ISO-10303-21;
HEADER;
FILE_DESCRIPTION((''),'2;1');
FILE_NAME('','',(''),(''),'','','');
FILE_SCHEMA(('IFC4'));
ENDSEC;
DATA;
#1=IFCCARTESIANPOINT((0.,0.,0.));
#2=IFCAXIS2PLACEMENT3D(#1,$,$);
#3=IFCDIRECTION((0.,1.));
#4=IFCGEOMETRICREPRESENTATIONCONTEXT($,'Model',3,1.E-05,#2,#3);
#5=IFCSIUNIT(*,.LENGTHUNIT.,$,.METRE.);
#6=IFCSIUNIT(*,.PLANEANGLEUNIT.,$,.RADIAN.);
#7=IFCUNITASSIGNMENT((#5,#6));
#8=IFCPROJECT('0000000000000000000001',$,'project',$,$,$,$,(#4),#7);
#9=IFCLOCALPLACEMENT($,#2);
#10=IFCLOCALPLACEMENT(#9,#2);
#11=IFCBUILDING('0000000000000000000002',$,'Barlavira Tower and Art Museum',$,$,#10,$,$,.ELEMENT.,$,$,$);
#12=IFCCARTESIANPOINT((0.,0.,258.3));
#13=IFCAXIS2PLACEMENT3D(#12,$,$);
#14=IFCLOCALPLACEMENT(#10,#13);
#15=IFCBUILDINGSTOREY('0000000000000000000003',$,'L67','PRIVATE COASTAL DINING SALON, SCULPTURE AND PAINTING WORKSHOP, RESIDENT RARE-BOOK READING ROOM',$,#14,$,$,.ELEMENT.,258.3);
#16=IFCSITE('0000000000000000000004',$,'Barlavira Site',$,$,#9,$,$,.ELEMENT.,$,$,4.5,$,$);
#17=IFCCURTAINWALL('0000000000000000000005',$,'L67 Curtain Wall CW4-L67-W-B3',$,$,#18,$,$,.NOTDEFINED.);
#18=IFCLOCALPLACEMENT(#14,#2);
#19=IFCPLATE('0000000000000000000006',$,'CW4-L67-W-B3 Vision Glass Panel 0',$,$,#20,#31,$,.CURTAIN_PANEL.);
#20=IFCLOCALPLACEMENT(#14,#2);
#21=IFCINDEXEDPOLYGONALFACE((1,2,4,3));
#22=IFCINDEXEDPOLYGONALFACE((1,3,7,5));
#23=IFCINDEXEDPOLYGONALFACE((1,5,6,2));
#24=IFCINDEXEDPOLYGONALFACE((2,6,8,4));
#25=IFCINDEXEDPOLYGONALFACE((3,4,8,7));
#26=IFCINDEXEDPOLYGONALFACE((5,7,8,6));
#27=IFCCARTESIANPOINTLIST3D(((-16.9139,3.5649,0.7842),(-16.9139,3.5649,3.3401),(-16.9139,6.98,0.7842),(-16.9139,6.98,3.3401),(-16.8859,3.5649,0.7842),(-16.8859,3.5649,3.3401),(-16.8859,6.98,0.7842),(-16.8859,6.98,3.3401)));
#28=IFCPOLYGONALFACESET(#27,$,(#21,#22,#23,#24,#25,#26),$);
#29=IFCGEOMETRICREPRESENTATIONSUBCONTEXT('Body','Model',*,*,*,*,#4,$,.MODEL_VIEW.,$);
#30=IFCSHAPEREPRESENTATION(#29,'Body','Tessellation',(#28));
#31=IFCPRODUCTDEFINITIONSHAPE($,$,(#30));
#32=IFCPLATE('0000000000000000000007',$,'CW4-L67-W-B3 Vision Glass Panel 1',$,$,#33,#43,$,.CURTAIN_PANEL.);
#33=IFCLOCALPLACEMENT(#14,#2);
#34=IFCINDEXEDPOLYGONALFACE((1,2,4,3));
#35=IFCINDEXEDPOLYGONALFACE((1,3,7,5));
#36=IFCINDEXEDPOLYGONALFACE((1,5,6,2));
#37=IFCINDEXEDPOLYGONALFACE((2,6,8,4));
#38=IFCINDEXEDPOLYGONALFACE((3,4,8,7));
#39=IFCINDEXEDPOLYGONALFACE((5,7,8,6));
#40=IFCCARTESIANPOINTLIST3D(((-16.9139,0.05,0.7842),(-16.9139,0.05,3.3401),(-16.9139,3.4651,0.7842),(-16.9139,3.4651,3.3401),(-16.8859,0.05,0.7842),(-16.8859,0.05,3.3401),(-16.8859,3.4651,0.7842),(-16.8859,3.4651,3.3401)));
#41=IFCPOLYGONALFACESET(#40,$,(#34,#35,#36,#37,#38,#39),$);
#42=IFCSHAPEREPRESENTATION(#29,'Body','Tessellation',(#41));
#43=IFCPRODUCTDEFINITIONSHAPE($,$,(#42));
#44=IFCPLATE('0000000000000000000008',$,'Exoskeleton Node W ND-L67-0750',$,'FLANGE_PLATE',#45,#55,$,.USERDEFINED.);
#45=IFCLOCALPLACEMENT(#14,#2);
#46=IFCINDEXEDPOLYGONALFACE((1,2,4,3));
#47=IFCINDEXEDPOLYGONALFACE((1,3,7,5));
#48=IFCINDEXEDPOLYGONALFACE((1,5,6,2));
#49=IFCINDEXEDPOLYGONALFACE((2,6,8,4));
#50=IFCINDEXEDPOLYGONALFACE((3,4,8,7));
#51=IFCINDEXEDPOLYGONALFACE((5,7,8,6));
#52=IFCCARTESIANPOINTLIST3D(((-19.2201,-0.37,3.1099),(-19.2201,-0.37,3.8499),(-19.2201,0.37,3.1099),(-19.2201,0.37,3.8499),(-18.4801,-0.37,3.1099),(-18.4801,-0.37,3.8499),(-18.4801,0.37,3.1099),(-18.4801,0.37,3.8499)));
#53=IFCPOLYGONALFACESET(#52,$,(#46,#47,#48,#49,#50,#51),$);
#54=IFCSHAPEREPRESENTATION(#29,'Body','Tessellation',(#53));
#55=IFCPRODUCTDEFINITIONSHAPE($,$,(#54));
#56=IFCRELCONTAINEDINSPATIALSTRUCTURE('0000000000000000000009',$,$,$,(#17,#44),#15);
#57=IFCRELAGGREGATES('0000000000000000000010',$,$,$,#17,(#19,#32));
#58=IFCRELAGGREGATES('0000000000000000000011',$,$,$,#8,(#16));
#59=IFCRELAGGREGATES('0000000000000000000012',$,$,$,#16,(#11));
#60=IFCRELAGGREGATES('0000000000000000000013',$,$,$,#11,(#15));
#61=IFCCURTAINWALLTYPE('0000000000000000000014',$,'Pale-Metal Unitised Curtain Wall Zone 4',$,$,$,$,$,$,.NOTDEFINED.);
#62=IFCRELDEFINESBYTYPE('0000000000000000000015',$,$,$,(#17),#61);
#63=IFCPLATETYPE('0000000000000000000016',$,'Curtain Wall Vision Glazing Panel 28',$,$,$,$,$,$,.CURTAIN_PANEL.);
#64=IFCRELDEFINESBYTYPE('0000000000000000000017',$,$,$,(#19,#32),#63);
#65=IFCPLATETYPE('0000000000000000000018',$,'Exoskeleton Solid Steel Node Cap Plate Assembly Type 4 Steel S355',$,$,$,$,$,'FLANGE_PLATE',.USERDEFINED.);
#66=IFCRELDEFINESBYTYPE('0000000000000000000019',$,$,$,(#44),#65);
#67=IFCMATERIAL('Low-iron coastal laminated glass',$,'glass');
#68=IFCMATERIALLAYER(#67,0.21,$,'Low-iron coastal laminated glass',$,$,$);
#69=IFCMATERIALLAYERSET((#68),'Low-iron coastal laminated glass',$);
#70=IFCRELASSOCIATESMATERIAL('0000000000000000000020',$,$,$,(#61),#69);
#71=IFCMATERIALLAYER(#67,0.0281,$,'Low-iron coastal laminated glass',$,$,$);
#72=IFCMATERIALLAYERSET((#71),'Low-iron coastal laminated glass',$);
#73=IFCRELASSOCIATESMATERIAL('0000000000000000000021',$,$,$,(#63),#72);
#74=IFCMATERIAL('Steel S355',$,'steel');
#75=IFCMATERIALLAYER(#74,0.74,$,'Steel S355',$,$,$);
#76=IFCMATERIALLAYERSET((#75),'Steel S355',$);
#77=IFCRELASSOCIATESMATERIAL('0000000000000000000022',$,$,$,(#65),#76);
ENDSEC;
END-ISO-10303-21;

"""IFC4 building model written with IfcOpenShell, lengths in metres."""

from ifc_helpers import new_model, si_unit, direction, frame, origin, origin_2d, place, context, subcontext, project, spatial, rectangle, extrude, material, layer, layer_set, type_object, element, aggregate, save


model = new_model("IFC4")

# Units and contexts
model_context = context("Model", 3, precision=1e-05, world=origin(), true_north=direction((0.0, 1.0)))
body_context = subcontext(model_context, "Body", "Model", "MODEL_VIEW")
ifc_project = project(units=[si_unit("LENGTHUNIT", "METRE"), si_unit("PLANEANGLEUNIT", "RADIAN")], contexts=[model_context])

# Site, building, storey
site_placement = place(None, origin())
site = spatial("IfcSite", under=ifc_project, at=site_placement, Name="Barlavira Site", CompositionType="ELEMENT", RefElevation=4.5)
building_placement = place(site_placement, origin())
building = spatial("IfcBuilding", under=site, at=building_placement, Name="Barlavira Tower and Art Museum", CompositionType="ELEMENT")
storey_placement = place(building_placement, frame((0.0, 0.0, 258.3)))
storey = spatial("IfcBuildingStorey", under=building, at=storey_placement, Name="L67", Description="PRIVATE COASTAL DINING SALON, SCULPTURE AND PAINTING WORKSHOP, RESIDENT RARE-BOOK READING ROOM", CompositionType="ELEMENT", Elevation=258.3)

# Curtain wall
ifc_material_1 = material(Name="Low-iron coastal laminated glass", Category="glass")
ifc_layer_1 = layer(ifc_material_1, 0.21, Name="Low-iron coastal laminated glass")
ifc_layer_set_1 = layer_set([ifc_layer_1], Name="Low-iron coastal laminated glass")
curtain_wall_type = type_object("IfcCurtainWallType", Name="Pale-Metal Unitised Curtain Wall Zone 4", PredefinedType="NOTDEFINED", material=ifc_layer_set_1)
curtain_wall_placement = place(storey_placement, origin())
curtain_wall = element("IfcCurtainWall", 1, at=curtain_wall_placement, inside=storey, type_object=curtain_wall_type, Name="L67 Curtain Wall CW4-L67-W-B3", PredefinedType="NOTDEFINED")

# Shared definitions
ifc_material_2 = material(Name="Steel S355", Category="steel")

# Plates
ifc_layer_2 = layer(ifc_material_1, 0.0281, Name="Low-iron coastal laminated glass")
ifc_layer_set_2 = layer_set([ifc_layer_2], Name="Low-iron coastal laminated glass")
plate_type_1 = type_object("IfcPlateType", Name="Curtain Wall Vision Glazing Panel 28", PredefinedType="CURTAIN_PANEL", material=ifc_layer_set_2)
plate_1_placement = place(storey_placement, frame((-16.8999, 5.2725, 0.7842), z_axis=(0.0, 0.0, 1.0), x_axis=(0.0, -1.0, 0.0)))
plate_1 = element("IfcPlate", 2, at=plate_1_placement, type_object=plate_type_1, Name="CW4-L67-W-B3 Vision Glass Panel 0", PredefinedType="CURTAIN_PANEL", context=body_context, shape_type="SweptSolid", body=[
    extrude(rectangle(XDim=3.415, YDim=0.0281, at=origin_2d()), origin(), (0.0, 0.0, 1.0), 2.5559),
])
plate_2_placement = place(storey_placement, frame((-16.8999, 1.7576, 0.7842), z_axis=(0.0, 0.0, 1.0), x_axis=(0.0, -1.0, 0.0)))
plate_2 = element("IfcPlate", 3, at=plate_2_placement, type_object=plate_type_1, Name="CW4-L67-W-B3 Vision Glass Panel 1", PredefinedType="CURTAIN_PANEL", context=body_context, shape_type="SweptSolid", body=[
    extrude(rectangle(XDim=3.415, YDim=0.0281, at=origin_2d()), origin(), (0.0, 0.0, 1.0), 2.5559),
])
aggregate(curtain_wall, [plate_1, plate_2])
ifc_layer_3 = layer(ifc_material_2, 0.74, Name="Steel S355")
ifc_layer_set_3 = layer_set([ifc_layer_3], Name="Steel S355")
plate_type_2 = type_object("IfcPlateType", Name="Exoskeleton Solid Steel Node Cap Plate Assembly Type 4 Steel S355", ElementType="FLANGE_PLATE", PredefinedType="USERDEFINED", material=ifc_layer_set_3)
plate_3_placement = place(storey_placement, frame((-18.8501, 0.0, 3.1099), z_axis=(0.0, 0.0, 1.0), x_axis=(1.0, 0.0, 0.0)))
element("IfcPlate", 4, at=plate_3_placement, inside=storey, type_object=plate_type_2, Name="Exoskeleton Node W ND-L67-0750", ObjectType="FLANGE_PLATE", PredefinedType="USERDEFINED", context=body_context, shape_type="SweptSolid", body=[
    extrude(rectangle(XDim=0.74, YDim=0.74, at=origin_2d()), origin(), (0.0, 0.0, 1.0), 0.74),
])

save(model, "model.ifc")
